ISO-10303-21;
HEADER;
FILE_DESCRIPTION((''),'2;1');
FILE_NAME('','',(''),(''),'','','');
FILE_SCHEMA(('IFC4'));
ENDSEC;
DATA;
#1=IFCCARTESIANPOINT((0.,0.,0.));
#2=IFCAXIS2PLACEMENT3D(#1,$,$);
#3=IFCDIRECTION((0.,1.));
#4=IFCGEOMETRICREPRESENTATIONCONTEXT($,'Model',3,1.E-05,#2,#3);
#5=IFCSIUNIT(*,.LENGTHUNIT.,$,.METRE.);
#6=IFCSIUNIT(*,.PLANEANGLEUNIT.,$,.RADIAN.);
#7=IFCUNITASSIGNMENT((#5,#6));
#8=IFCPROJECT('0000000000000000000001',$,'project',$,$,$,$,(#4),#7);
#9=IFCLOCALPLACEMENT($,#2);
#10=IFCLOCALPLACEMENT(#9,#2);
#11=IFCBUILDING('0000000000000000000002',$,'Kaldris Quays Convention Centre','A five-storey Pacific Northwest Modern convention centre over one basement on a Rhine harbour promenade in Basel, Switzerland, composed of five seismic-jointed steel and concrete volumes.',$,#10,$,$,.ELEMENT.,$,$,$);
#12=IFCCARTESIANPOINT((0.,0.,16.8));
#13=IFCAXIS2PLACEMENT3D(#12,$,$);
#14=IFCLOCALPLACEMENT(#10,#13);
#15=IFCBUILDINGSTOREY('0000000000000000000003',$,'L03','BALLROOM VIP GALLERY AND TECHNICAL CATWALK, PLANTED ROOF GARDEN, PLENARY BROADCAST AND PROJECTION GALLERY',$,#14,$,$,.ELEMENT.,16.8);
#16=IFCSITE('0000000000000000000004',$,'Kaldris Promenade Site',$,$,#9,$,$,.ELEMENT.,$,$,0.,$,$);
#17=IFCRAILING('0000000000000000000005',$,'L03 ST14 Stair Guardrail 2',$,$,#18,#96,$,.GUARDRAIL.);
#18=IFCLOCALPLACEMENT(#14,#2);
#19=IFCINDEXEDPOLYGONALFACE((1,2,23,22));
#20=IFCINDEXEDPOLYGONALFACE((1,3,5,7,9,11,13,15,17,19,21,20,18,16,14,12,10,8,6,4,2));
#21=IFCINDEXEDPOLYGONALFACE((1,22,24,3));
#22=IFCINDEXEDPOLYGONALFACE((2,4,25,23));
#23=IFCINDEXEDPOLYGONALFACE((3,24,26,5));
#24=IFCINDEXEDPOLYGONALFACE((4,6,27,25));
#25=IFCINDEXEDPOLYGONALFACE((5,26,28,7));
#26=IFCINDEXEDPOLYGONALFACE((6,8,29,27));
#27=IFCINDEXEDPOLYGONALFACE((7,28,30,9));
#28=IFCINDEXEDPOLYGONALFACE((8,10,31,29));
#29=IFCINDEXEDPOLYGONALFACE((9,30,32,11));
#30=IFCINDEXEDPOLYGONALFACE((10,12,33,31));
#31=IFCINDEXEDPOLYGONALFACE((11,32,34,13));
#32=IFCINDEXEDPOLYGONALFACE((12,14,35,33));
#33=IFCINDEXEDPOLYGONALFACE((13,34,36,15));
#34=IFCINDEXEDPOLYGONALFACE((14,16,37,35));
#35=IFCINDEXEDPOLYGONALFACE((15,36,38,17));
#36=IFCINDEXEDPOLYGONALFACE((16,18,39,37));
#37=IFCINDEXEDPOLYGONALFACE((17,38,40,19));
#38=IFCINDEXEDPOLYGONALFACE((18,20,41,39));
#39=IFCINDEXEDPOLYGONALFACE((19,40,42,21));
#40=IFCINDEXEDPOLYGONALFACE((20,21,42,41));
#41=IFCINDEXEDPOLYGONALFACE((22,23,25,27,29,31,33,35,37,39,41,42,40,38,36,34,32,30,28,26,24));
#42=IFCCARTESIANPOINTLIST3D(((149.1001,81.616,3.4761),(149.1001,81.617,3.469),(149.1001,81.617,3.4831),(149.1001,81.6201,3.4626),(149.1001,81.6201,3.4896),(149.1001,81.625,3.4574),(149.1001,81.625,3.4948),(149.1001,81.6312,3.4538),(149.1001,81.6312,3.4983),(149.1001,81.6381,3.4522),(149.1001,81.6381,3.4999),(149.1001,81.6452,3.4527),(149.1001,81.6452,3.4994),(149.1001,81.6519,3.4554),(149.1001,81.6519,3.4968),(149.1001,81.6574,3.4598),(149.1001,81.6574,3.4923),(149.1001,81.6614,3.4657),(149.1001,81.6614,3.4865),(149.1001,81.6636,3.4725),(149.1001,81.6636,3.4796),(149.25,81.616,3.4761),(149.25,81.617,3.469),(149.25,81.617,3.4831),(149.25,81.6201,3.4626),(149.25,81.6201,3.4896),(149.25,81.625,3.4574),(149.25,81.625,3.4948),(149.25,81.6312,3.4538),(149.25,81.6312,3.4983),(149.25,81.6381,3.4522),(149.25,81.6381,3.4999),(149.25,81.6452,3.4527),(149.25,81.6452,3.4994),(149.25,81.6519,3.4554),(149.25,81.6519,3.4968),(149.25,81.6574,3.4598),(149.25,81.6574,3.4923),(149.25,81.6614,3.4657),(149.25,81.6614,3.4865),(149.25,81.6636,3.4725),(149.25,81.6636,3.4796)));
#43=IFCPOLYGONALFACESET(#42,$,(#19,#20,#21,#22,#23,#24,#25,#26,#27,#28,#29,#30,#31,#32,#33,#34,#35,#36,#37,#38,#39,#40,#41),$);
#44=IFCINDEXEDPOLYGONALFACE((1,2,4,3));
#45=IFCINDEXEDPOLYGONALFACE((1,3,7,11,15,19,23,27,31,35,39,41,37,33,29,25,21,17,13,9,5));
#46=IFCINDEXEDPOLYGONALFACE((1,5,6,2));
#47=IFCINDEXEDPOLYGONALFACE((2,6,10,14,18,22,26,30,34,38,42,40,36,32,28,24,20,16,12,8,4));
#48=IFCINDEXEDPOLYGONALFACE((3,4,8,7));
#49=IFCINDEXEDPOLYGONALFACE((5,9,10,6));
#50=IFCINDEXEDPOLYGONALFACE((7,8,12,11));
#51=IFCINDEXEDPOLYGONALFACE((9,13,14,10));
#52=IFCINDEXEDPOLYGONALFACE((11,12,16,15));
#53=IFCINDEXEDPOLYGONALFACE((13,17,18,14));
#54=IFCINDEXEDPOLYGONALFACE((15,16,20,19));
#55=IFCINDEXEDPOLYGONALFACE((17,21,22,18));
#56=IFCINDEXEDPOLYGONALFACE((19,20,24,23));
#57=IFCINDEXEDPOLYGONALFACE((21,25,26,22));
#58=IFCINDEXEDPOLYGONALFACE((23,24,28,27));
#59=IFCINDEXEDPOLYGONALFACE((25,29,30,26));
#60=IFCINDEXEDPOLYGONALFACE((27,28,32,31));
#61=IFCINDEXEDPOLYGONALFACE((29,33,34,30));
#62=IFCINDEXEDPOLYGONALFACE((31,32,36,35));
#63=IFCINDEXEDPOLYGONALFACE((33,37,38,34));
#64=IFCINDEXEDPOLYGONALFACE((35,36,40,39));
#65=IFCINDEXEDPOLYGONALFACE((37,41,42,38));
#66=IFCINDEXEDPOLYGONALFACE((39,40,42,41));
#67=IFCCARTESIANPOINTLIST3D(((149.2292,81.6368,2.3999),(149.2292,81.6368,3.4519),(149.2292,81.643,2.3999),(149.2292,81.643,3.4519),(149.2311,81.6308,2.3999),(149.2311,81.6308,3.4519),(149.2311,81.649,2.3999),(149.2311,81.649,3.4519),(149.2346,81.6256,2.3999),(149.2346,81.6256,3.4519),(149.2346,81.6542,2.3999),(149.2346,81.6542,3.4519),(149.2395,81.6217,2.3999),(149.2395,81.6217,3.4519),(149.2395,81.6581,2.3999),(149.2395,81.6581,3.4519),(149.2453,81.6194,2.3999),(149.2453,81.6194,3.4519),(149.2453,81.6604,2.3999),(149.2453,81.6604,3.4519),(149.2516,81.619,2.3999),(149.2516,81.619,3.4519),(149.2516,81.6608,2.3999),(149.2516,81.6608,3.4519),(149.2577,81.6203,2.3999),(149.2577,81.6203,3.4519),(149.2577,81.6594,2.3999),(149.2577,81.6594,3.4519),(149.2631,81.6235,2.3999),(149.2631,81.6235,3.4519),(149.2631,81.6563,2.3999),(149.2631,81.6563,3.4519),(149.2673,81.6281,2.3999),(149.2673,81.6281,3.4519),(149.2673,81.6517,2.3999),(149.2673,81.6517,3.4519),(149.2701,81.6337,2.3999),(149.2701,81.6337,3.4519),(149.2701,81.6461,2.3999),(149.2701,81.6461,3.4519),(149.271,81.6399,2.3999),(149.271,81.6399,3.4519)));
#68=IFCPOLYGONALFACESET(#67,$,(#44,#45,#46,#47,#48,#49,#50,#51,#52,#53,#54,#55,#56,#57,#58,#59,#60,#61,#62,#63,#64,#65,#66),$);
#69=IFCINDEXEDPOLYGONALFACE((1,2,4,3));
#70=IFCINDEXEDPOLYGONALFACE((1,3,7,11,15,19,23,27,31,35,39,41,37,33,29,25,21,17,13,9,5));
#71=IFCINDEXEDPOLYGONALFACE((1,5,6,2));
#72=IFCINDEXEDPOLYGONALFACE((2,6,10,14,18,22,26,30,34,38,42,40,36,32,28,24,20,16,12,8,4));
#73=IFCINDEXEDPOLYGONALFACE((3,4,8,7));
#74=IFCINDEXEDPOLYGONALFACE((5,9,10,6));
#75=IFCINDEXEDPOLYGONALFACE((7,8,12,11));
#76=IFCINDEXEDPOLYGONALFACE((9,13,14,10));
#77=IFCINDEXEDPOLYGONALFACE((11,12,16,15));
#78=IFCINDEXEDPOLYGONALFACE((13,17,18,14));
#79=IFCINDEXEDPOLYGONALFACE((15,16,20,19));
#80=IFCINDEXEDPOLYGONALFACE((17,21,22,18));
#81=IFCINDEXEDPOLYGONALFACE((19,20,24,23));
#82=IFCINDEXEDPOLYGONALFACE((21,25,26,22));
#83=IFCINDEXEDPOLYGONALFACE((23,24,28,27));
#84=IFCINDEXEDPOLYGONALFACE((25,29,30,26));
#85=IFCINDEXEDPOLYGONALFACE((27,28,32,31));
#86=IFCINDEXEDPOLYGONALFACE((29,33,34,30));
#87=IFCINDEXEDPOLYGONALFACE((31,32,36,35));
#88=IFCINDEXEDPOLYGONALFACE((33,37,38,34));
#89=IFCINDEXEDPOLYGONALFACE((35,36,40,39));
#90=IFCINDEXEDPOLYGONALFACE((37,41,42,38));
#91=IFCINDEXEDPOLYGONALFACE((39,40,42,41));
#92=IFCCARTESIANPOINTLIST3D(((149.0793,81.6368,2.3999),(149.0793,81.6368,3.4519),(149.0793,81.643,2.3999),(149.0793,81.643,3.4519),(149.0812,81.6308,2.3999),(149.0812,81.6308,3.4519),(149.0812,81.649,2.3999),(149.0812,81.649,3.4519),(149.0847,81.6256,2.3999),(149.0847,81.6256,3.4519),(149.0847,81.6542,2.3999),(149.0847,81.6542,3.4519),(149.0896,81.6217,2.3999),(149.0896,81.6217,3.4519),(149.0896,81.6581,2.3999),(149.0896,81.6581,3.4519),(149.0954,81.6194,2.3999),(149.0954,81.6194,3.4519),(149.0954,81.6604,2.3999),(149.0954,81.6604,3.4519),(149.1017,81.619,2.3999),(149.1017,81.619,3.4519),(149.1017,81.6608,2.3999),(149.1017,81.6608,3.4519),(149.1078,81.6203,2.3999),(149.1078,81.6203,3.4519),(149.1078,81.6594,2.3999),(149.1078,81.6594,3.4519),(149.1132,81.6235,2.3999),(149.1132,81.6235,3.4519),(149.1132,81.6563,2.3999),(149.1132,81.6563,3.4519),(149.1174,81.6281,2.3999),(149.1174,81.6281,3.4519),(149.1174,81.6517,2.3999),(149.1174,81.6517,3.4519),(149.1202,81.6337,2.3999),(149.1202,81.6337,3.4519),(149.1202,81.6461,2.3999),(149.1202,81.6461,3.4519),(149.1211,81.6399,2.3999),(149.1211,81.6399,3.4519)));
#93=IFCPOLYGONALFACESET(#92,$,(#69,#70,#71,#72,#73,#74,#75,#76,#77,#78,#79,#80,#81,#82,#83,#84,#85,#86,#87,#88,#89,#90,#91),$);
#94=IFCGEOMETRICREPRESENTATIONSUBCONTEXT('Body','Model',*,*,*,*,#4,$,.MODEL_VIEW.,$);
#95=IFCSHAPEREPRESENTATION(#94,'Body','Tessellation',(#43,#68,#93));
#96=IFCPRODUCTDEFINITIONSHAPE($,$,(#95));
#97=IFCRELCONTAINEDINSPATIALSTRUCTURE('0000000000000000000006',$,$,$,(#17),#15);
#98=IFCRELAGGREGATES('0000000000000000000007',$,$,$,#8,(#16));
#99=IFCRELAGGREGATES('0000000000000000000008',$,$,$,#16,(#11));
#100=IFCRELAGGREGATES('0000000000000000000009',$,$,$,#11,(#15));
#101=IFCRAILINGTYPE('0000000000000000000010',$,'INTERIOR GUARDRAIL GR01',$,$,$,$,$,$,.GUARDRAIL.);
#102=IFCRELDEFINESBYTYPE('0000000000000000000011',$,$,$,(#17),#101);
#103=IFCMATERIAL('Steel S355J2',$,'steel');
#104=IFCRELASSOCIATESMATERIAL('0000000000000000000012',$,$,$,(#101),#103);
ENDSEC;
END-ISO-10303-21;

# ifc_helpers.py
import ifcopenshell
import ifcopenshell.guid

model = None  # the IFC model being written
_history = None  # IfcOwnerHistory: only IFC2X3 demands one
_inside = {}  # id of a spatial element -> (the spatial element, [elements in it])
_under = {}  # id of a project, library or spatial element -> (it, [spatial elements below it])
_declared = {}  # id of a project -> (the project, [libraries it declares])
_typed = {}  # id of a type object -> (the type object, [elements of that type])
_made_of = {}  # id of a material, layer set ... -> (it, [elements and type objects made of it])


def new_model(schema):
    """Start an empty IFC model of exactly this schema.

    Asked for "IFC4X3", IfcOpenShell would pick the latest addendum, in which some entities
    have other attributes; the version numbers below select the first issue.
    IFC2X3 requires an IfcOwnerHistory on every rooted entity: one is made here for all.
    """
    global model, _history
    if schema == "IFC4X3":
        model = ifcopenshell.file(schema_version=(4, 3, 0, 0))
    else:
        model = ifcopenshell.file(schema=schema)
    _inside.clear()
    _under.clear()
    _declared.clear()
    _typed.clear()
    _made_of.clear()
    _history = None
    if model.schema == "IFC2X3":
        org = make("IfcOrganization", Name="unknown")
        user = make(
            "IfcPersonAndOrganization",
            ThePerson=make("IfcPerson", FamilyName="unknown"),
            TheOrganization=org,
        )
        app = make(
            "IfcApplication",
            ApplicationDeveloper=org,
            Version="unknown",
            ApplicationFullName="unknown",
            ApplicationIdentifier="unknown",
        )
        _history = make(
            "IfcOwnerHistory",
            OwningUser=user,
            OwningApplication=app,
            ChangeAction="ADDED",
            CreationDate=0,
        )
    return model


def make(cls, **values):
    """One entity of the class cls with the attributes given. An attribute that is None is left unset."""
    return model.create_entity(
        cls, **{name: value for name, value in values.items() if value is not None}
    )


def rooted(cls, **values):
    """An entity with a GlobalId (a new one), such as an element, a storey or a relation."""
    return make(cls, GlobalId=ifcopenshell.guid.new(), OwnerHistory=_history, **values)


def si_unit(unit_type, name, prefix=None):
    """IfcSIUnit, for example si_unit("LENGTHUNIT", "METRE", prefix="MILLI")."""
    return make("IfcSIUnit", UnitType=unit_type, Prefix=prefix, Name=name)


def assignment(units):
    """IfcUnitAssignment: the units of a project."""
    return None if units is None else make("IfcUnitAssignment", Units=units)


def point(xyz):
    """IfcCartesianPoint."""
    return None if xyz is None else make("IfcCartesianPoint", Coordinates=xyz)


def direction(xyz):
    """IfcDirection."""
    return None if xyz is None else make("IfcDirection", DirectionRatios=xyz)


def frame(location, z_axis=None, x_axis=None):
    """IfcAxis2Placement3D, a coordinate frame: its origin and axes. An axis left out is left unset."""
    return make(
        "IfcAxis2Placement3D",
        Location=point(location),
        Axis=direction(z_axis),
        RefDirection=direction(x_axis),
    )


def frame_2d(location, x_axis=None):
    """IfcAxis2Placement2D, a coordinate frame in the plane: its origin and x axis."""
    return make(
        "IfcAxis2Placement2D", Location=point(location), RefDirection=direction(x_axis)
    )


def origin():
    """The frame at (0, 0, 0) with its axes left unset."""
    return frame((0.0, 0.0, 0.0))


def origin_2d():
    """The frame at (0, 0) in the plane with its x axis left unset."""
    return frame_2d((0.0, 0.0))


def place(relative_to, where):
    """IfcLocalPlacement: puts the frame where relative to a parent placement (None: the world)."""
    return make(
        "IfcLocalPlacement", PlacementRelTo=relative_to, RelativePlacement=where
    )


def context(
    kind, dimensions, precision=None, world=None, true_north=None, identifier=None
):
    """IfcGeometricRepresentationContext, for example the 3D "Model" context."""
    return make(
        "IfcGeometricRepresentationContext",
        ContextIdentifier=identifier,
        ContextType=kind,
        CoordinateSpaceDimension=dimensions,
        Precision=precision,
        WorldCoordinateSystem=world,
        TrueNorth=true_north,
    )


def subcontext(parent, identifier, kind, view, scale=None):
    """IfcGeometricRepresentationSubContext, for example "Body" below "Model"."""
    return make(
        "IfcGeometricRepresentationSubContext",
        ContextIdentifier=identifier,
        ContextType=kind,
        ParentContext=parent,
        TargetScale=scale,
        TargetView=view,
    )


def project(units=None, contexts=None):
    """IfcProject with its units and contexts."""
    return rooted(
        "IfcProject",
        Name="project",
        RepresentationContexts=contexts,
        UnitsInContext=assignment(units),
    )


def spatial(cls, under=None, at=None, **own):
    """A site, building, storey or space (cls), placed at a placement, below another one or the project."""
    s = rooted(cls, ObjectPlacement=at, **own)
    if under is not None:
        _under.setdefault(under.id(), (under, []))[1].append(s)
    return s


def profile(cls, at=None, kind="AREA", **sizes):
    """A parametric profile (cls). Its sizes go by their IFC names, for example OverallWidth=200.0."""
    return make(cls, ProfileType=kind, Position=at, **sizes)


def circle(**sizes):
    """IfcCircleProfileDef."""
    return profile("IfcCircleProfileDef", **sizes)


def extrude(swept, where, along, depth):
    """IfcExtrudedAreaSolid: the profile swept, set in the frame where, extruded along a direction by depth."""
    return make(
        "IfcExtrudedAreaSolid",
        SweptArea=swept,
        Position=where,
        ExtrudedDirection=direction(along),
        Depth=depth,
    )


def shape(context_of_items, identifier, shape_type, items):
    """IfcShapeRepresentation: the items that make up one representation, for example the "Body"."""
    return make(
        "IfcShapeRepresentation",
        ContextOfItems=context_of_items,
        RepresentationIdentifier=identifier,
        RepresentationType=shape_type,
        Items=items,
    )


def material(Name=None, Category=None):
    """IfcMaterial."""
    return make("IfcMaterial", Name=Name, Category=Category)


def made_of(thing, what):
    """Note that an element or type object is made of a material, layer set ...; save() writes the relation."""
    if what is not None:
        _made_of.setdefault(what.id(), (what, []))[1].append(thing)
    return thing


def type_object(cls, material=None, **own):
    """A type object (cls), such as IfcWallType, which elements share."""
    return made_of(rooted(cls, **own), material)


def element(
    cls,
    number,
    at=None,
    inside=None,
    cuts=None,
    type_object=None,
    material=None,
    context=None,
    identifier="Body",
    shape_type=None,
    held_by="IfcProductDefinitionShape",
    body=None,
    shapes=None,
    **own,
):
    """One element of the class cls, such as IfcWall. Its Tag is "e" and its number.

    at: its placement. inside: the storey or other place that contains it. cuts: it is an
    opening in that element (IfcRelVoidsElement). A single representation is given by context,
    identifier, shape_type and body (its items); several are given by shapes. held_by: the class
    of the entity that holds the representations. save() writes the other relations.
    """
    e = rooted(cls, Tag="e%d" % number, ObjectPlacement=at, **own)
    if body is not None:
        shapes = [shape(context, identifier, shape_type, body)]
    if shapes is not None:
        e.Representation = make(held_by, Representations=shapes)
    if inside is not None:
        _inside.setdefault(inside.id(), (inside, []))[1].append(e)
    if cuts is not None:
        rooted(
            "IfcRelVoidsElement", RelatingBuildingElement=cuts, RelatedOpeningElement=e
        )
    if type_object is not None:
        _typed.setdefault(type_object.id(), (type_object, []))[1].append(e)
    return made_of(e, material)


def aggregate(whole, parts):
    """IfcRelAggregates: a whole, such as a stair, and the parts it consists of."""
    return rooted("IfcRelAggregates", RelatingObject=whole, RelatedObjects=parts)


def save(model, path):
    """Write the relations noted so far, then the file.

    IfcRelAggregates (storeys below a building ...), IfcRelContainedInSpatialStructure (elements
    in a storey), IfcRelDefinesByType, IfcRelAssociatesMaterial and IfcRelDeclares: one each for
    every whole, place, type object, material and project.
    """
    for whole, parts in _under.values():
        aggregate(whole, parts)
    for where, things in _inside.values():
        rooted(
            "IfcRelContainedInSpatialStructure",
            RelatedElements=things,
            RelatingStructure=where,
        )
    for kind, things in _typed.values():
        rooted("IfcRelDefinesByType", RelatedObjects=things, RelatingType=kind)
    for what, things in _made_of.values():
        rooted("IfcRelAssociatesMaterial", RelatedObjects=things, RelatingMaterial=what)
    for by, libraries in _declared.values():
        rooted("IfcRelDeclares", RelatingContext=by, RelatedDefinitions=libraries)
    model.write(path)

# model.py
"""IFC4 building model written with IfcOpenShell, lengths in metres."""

from ifc_helpers import new_model, si_unit, direction, frame, origin, origin_2d, place, context, subcontext, project, spatial, circle, extrude, material, type_object, element, save


model = new_model("IFC4")

# Units and contexts
model_context = context("Model", 3, precision=1e-05, world=origin(), true_north=direction((0.0, 1.0)))
body_context = subcontext(model_context, "Body", "Model", "MODEL_VIEW")
ifc_project = project(units=[si_unit("LENGTHUNIT", "METRE"), si_unit("PLANEANGLEUNIT", "RADIAN")], contexts=[model_context])

# Site, building, storey
site_placement = place(None, origin())
site = spatial("IfcSite", under=ifc_project, at=site_placement, Name="Kaldris Promenade Site", CompositionType="ELEMENT", RefElevation=0.0)
building_placement = place(site_placement, origin())
building = spatial("IfcBuilding", under=site, at=building_placement, Name="Kaldris Quays Convention Centre", Description="A five-storey Pacific Northwest Modern convention centre over one basement on a Rhine harbour promenade in Basel, Switzerland, composed of five seismic-jointed steel and concrete volumes.", CompositionType="ELEMENT")
storey_placement = place(building_placement, frame((0.0, 0.0, 16.8)))
storey = spatial("IfcBuildingStorey", under=building, at=storey_placement, Name="L03", Description="BALLROOM VIP GALLERY AND TECHNICAL CATWALK, PLANTED ROOF GARDEN, PLENARY BROADCAST AND PROJECTION GALLERY", CompositionType="ELEMENT", Elevation=16.8)

# Shared definitions
ifc_material_1 = material(Name="Steel S355J2", Category="steel")

# Railing
railing_type_1 = type_object("IfcRailingType", Name="INTERIOR GUARDRAIL GR01", PredefinedType="GUARDRAIL", material=ifc_material_1)
railing_1_placement = place(storey_placement, frame((149.25, 81.6399, 2.3999)))
element("IfcRailing", 1, at=railing_1_placement, inside=storey, type_object=railing_type_1, Name="L03 ST14 Stair Guardrail 2", PredefinedType="GUARDRAIL", context=body_context, shape_type="SweptSolid", body=[
    extrude(circle(Radius=0.0239, at=origin_2d()), frame((0.0, 0.0, 1.0762), z_axis=(-1.0, 0.0, 0.0), x_axis=(0.0, -1.0, 0.0)), (0.0, 0.0, 1.0), 0.1499),
    extrude(circle(Radius=0.021, at=origin_2d()), origin(), (0.0, 0.0, 1.0), 1.052),
    extrude(circle(Radius=0.021, at=origin_2d()), frame((-0.1499, 0.0, 0.0)), (0.0, 0.0, 1.0), 1.052),
])

save(model, "model.ifc")
